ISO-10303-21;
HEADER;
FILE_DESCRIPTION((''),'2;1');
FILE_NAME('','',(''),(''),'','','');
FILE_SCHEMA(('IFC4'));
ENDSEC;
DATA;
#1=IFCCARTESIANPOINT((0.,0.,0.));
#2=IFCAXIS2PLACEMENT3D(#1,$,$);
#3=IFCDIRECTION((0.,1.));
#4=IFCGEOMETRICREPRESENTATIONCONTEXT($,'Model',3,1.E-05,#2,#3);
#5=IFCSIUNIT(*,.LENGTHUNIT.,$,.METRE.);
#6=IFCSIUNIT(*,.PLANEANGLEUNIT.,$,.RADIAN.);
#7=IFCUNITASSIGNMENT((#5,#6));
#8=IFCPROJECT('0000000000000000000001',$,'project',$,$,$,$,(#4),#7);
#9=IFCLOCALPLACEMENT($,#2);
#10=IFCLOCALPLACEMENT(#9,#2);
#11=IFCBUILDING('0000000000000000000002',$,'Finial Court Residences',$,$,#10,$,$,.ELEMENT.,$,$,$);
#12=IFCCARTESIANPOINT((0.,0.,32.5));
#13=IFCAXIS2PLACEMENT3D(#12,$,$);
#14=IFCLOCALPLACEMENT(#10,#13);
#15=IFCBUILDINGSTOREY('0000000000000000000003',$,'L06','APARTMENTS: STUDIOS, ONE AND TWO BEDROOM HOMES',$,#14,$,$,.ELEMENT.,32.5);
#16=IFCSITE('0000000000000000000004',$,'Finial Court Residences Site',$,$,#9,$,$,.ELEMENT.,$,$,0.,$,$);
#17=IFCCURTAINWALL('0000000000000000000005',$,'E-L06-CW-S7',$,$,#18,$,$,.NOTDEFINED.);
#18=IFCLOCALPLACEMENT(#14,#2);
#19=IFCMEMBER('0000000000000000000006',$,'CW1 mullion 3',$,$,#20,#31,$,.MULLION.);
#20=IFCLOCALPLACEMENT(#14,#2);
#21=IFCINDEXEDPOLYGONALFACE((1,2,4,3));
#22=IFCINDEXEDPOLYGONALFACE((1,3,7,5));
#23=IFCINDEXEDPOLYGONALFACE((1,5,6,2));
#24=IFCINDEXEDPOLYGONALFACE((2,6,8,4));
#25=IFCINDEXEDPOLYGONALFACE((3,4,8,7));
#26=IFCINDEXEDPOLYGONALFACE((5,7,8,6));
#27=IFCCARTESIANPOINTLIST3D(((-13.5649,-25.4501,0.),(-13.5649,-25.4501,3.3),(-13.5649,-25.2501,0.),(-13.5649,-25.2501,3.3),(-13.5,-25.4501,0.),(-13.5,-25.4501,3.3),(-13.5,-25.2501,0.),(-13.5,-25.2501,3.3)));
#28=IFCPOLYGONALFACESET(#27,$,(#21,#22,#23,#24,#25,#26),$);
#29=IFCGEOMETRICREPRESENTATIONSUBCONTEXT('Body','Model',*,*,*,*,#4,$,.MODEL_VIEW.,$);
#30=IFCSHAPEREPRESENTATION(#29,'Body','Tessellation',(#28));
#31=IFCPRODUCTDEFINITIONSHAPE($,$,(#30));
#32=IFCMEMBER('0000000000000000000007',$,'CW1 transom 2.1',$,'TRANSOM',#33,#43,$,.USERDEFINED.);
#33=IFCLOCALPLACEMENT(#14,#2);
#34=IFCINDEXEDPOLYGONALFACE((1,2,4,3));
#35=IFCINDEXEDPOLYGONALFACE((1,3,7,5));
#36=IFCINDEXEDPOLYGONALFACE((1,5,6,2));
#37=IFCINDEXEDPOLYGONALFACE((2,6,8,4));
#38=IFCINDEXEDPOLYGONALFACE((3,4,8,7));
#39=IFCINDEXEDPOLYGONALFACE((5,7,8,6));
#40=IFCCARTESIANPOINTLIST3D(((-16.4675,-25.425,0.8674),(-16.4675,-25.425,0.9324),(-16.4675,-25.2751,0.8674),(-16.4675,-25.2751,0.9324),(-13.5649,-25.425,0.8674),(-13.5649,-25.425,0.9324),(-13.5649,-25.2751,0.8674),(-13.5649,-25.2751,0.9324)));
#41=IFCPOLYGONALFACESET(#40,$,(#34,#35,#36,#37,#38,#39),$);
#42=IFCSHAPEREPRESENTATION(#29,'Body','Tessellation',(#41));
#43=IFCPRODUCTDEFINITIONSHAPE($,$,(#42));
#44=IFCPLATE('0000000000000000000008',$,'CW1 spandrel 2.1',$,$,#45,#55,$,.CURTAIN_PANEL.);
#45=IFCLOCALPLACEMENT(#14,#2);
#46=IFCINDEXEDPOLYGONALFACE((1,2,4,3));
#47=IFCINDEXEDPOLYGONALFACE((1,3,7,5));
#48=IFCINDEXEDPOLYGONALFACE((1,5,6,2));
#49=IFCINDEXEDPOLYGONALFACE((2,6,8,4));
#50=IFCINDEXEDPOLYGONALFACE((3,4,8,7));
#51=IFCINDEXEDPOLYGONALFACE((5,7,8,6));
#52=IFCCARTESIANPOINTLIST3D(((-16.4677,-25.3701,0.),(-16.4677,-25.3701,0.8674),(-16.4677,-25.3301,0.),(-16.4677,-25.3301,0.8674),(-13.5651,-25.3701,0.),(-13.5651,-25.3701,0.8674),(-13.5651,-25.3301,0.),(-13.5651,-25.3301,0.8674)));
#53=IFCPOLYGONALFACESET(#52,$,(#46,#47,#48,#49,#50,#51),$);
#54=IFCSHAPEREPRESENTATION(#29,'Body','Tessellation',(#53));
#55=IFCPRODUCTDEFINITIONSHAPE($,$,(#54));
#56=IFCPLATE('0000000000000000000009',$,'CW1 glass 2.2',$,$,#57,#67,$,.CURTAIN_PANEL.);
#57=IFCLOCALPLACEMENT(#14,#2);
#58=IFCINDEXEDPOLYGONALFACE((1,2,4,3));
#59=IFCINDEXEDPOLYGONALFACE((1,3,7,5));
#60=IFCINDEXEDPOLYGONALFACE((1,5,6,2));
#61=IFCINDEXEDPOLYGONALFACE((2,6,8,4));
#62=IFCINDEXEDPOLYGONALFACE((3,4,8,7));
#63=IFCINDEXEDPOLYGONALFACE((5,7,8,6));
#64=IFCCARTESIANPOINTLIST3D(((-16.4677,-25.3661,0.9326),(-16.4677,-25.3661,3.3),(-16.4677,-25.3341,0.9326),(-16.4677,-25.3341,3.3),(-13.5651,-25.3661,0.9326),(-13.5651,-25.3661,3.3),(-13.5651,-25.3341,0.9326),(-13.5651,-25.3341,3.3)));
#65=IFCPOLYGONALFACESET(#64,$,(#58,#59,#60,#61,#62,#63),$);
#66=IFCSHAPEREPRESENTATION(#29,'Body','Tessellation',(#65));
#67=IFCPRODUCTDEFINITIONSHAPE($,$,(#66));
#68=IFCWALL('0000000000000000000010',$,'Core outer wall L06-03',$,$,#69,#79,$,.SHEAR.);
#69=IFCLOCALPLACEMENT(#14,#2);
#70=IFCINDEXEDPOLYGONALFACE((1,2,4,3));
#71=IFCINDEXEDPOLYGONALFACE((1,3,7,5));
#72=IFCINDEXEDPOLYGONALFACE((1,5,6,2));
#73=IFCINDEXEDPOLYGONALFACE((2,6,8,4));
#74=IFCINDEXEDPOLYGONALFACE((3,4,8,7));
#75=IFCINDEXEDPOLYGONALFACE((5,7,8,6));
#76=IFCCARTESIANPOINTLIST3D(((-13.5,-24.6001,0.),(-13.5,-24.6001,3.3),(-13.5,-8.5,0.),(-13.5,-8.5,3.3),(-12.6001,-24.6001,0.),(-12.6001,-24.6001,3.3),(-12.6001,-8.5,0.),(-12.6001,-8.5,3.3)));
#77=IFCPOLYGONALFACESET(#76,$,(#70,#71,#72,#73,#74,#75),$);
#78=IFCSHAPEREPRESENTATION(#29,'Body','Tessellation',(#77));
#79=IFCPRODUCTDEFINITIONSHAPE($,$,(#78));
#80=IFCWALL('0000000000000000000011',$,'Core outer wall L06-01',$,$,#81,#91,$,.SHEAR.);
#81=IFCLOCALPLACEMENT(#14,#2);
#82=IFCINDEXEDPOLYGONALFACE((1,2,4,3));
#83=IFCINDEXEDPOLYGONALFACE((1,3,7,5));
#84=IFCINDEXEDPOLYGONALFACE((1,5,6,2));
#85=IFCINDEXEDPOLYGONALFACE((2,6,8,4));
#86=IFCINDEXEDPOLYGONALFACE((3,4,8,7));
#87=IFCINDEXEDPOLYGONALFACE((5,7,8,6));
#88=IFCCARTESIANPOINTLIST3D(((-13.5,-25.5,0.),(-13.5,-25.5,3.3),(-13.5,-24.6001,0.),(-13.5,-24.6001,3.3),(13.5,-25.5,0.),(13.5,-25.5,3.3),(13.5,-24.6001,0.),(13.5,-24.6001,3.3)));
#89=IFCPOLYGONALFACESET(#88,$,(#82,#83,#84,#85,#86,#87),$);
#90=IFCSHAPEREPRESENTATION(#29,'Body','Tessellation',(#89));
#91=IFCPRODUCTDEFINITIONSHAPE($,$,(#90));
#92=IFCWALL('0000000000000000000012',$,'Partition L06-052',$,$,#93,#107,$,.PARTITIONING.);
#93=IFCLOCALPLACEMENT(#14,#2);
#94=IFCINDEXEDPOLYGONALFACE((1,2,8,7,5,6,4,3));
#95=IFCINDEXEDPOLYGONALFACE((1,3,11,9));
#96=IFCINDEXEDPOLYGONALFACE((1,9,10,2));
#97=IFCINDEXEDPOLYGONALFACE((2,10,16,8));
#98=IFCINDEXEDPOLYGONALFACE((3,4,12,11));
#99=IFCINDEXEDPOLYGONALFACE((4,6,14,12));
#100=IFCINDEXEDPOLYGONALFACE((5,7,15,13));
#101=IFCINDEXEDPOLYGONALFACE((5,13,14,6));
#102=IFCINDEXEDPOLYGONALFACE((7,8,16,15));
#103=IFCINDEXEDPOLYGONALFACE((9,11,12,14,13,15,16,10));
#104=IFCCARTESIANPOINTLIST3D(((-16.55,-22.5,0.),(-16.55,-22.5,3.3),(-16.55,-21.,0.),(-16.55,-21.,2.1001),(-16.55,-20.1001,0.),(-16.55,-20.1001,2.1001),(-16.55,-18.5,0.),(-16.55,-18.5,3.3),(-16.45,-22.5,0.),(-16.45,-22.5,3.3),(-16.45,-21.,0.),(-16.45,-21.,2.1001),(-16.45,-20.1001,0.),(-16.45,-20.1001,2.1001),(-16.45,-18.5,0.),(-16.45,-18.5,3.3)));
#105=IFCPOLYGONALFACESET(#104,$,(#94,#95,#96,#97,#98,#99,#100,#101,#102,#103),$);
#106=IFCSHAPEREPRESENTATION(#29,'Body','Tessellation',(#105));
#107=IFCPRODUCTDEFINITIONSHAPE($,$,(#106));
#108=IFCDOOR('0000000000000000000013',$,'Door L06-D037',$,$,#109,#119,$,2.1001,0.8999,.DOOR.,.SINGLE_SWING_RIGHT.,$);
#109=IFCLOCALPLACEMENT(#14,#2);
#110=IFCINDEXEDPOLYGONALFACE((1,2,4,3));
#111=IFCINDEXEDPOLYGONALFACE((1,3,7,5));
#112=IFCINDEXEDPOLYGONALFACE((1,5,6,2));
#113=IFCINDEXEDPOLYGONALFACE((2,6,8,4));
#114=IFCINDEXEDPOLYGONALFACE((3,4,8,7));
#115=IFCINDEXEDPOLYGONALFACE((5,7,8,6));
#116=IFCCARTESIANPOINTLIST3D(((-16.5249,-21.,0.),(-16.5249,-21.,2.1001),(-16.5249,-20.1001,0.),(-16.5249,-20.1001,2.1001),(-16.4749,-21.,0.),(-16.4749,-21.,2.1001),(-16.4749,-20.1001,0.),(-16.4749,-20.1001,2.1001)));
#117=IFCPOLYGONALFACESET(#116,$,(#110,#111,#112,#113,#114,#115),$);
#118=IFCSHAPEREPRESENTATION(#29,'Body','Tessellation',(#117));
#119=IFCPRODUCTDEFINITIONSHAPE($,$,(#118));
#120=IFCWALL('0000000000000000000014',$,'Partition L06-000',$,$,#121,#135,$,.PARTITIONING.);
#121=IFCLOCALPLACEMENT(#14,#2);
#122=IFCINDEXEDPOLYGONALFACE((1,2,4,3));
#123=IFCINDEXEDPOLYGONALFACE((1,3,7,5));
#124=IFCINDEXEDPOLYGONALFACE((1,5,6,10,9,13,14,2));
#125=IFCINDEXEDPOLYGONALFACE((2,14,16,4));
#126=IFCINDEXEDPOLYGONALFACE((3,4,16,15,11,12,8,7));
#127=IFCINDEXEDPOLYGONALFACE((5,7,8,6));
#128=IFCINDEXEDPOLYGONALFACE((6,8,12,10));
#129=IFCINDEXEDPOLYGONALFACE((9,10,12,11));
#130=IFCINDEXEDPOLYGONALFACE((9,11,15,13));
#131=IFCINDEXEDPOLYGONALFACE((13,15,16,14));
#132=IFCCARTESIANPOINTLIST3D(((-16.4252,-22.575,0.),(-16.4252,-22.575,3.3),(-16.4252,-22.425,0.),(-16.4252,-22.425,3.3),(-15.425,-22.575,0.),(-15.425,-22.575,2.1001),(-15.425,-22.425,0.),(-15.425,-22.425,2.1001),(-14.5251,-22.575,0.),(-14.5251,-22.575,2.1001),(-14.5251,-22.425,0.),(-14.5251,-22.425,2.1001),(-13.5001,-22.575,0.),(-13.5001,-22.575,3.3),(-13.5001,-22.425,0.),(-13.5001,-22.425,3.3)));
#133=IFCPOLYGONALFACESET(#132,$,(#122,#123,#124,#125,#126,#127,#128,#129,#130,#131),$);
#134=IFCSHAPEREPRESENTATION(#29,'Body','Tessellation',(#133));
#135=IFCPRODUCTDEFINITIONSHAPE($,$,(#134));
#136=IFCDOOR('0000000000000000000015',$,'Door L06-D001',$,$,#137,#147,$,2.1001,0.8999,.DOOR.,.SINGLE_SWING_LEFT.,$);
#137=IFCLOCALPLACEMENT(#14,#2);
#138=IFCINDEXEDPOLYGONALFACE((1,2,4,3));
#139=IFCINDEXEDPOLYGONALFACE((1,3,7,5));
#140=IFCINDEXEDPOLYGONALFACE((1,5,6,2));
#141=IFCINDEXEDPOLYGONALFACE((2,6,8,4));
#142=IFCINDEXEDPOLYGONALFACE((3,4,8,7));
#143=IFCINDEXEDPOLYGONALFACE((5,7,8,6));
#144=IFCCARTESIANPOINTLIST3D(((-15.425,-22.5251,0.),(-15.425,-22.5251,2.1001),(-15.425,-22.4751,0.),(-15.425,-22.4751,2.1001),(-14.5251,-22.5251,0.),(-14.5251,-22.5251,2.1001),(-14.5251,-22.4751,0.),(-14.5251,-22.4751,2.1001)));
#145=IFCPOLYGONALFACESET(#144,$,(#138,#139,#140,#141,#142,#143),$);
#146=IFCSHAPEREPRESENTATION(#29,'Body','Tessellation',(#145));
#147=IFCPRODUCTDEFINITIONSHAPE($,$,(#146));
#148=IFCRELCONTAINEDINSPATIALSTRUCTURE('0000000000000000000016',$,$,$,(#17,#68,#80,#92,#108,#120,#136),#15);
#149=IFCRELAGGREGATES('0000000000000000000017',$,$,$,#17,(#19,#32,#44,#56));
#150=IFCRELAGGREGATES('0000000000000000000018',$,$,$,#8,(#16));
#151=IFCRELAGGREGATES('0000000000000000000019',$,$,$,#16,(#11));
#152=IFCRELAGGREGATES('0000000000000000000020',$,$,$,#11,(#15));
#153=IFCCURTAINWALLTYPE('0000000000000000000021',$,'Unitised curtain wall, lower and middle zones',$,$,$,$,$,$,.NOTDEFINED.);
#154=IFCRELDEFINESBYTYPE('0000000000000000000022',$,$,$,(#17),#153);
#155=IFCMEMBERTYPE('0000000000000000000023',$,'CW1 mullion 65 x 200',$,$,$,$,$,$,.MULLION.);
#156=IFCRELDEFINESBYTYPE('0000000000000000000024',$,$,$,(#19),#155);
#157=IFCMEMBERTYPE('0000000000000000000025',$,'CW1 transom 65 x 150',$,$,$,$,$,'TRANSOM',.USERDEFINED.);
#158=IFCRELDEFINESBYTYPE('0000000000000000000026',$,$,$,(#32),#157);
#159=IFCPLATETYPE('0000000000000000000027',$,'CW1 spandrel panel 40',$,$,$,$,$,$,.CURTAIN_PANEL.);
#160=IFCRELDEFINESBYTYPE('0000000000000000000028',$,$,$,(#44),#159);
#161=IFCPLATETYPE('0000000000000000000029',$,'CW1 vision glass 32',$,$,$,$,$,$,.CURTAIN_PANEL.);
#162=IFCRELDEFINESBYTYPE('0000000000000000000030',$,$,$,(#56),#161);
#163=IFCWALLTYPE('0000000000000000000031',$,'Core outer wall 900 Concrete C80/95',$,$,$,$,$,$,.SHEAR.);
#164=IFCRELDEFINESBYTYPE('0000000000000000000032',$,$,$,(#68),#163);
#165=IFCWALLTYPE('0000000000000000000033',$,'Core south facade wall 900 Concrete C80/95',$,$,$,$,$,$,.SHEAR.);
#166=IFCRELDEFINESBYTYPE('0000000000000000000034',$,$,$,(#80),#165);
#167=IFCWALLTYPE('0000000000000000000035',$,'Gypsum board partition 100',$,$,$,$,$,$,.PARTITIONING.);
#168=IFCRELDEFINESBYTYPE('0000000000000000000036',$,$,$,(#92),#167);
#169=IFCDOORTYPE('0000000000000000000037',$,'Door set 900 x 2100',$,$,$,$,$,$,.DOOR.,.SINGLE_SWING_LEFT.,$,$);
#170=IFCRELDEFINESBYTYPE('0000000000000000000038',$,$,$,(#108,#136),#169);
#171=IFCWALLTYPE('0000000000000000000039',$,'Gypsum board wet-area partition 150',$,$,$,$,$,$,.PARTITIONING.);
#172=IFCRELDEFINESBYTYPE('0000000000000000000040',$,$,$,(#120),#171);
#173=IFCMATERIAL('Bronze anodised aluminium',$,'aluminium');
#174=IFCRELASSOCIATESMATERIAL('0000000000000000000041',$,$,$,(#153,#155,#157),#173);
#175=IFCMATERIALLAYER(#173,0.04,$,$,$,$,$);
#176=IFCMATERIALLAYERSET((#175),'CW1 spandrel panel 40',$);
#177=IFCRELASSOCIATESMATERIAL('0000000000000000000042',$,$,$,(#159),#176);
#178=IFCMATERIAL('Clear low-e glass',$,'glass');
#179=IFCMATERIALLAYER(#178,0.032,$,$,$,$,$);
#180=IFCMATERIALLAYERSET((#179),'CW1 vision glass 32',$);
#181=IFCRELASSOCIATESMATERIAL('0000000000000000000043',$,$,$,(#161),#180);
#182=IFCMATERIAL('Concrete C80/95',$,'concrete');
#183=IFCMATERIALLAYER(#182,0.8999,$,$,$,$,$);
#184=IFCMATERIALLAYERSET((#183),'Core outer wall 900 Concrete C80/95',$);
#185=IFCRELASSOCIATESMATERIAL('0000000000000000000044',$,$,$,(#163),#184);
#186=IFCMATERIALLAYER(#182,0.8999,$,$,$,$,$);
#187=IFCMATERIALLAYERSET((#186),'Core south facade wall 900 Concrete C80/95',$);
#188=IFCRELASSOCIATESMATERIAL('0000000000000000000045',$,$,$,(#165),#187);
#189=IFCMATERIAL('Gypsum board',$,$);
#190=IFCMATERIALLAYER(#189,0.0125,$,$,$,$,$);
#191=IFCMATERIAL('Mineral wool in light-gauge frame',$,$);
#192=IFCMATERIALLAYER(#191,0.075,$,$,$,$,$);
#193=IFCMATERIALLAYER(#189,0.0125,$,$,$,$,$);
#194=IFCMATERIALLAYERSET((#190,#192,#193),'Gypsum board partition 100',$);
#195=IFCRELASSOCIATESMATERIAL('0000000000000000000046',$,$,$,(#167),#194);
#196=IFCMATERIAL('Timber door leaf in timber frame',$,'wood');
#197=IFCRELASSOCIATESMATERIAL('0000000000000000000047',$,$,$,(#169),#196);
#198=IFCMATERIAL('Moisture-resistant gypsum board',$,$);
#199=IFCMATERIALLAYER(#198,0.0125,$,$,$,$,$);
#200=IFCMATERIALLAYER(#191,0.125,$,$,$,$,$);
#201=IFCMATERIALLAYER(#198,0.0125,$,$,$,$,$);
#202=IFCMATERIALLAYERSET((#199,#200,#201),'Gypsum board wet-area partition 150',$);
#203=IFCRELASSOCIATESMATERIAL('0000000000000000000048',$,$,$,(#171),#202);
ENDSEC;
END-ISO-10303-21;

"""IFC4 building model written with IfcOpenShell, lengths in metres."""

from ifc_helpers import new_model, si_unit, direction, frame, frame_2d, origin, origin_2d, place, context, subcontext, project, spatial, rectangle, extrude, material, layer, layer_set, material_profile, profile_set, type_object, element, fill, aggregate, save


model = new_model("IFC4")

# Units and contexts
model_context = context("Model", 3, precision=1e-05, world=origin(), true_north=direction((0.0, 1.0)))
body_context = subcontext(model_context, "Body", "Model", "MODEL_VIEW")
ifc_project = project(units=[si_unit("LENGTHUNIT", "METRE"), si_unit("PLANEANGLEUNIT", "RADIAN")], contexts=[model_context])

# Site, building, storey
site_placement = place(None, origin())
site = spatial("IfcSite", under=ifc_project, at=site_placement, Name="Finial Court Residences Site", CompositionType="ELEMENT", RefElevation=0.0)
building_placement = place(site_placement, origin())
building = spatial("IfcBuilding", under=site, at=building_placement, Name="Finial Court Residences", CompositionType="ELEMENT")
storey_placement = place(building_placement, frame((0.0, 0.0, 32.5)))
storey = spatial("IfcBuildingStorey", under=building, at=storey_placement, Name="L06", Description="APARTMENTS: STUDIOS, ONE AND TWO BEDROOM HOMES", CompositionType="ELEMENT", Elevation=32.5)

# Curtain wall, members, plates
ifc_material_1 = material(Name="Bronze anodised aluminium", Category="aluminium")
curtain_wall_type = type_object("IfcCurtainWallType", Name="Unitised curtain wall, lower and middle zones", PredefinedType="NOTDEFINED", material=ifc_material_1)
curtain_wall_placement = place(storey_placement, origin())
curtain_wall = element("IfcCurtainWall", 1, at=curtain_wall_placement, inside=storey, type_object=curtain_wall_type, Name="E-L06-CW-S7", PredefinedType="NOTDEFINED")
ifc_material_profile_1 = material_profile(ifc_material_1, rectangle(XDim=0.2, YDim=0.0649, at=origin_2d()), Name="CW1 mullion 65 x 200")
ifc_profile_set_1 = profile_set([ifc_material_profile_1], Name="Bronze anodised aluminium")
member_type_1 = type_object("IfcMemberType", Name="CW1 mullion 65 x 200", PredefinedType="MULLION", material=ifc_profile_set_1)
member_1_placement = place(storey_placement, frame((-13.5325, -25.3501, 0.0), z_axis=(0.0, 0.0, 1.0), x_axis=(0.0, 1.0, 0.0)))
member_1 = element("IfcMember", 2, at=member_1_placement, type_object=member_type_1, Name="CW1 mullion 3", PredefinedType="MULLION", context=body_context, shape_type="SweptSolid", body=[
    extrude(rectangle(XDim=0.2, YDim=0.0649, at=origin_2d()), origin(), (0.0, 0.0, 1.0), 3.3),
])
ifc_material_profile_2 = material_profile(ifc_material_1, rectangle(XDim=0.1499, YDim=0.0649, at=origin_2d()), Name="CW1 transom 65 x 150")
ifc_profile_set_2 = profile_set([ifc_material_profile_2], Name="Bronze anodised aluminium")
member_type_2 = type_object("IfcMemberType", Name="CW1 transom 65 x 150", ElementType="TRANSOM", PredefinedType="USERDEFINED", material=ifc_profile_set_2)
member_2_placement = place(storey_placement, frame((-16.4675, -25.3501, 0.8999), z_axis=(1.0, 0.0, 0.0), x_axis=(0.0, 1.0, 0.0)))
member_2 = element("IfcMember", 3, at=member_2_placement, type_object=member_type_2, Name="CW1 transom 2.1", ObjectType="TRANSOM", PredefinedType="USERDEFINED", context=body_context, shape_type="SweptSolid", body=[
    extrude(rectangle(XDim=0.1499, YDim=0.0649, at=origin_2d()), origin(), (0.0, 0.0, 1.0), 2.9026),
])
ifc_layer_1 = layer(ifc_material_1, 0.04)
ifc_layer_set_1 = layer_set([ifc_layer_1], Name="CW1 spandrel panel 40")
plate_type_1 = type_object("IfcPlateType", Name="CW1 spandrel panel 40", PredefinedType="CURTAIN_PANEL", material=ifc_layer_set_1)
plate_1_placement = place(storey_placement, frame((-15.0164, -25.3501, 0.0), z_axis=(0.0, 0.0, 1.0), x_axis=(1.0, 0.0, 0.0)))
plate_1 = element("IfcPlate", 4, at=plate_1_placement, type_object=plate_type_1, Name="CW1 spandrel 2.1", PredefinedType="CURTAIN_PANEL", context=body_context, shape_type="SweptSolid", body=[
    extrude(rectangle(XDim=2.9026, YDim=0.04, at=origin_2d()), origin(), (0.0, 0.0, 1.0), 0.8674),
])
ifc_material_2 = material(Name="Clear low-e glass", Category="glass")
ifc_layer_2 = layer(ifc_material_2, 0.032)
ifc_layer_set_2 = layer_set([ifc_layer_2], Name="CW1 vision glass 32")
plate_type_2 = type_object("IfcPlateType", Name="CW1 vision glass 32", PredefinedType="CURTAIN_PANEL", material=ifc_layer_set_2)
plate_2_placement = place(storey_placement, frame((-15.0164, -25.3501, 0.9326), z_axis=(0.0, 0.0, 1.0), x_axis=(1.0, 0.0, 0.0)))
plate_2 = element("IfcPlate", 5, at=plate_2_placement, type_object=plate_type_2, Name="CW1 glass 2.2", PredefinedType="CURTAIN_PANEL", context=body_context, shape_type="SweptSolid", body=[
    extrude(rectangle(XDim=2.9026, YDim=0.032, at=origin_2d()), origin(), (0.0, 0.0, 1.0), 2.3674),
])
aggregate(curtain_wall, [member_1, member_2, plate_1, plate_2])

# Walls
ifc_material_3 = material(Name="Concrete C80/95", Category="concrete")
ifc_layer_3 = layer(ifc_material_3, 0.8999)
ifc_layer_set_3 = layer_set([ifc_layer_3], Name="Core outer wall 900 Concrete C80/95")
wall_type_1 = type_object("IfcWallType", Name="Core outer wall 900 Concrete C80/95", PredefinedType="SHEAR", material=ifc_layer_set_3)
wall_1_placement = place(storey_placement, frame((-13.05, -24.6001, 0.0), z_axis=(0.0, 0.0, 1.0), x_axis=(0.0, 1.0, 0.0)))
element("IfcWall", 6, at=wall_1_placement, inside=storey, type_object=wall_type_1, Name="Core outer wall L06-03", PredefinedType="SHEAR", context=body_context, shape_type="SweptSolid", body=[
    extrude(rectangle(XDim=16.1001, YDim=0.8999, at=frame_2d((8.05, 0.0))), origin(), (0.0, 0.0, 1.0), 3.3),
])
ifc_layer_4 = layer(ifc_material_3, 0.8999)
ifc_layer_set_4 = layer_set([ifc_layer_4], Name="Core south facade wall 900 Concrete C80/95")
wall_type_2 = type_object("IfcWallType", Name="Core south facade wall 900 Concrete C80/95", PredefinedType="SHEAR", material=ifc_layer_set_4)
wall_2_placement = place(storey_placement, frame((-13.5, -25.05, 0.0), z_axis=(0.0, 0.0, 1.0), x_axis=(1.0, 0.0, 0.0)))
element("IfcWall", 7, at=wall_2_placement, inside=storey, type_object=wall_type_2, Name="Core outer wall L06-01", PredefinedType="SHEAR", context=body_context, shape_type="SweptSolid", body=[
    extrude(rectangle(XDim=27.0, YDim=0.8999, at=frame_2d((13.5, 0.0))), origin(), (0.0, 0.0, 1.0), 3.3),
])

# Walls, openings, doors
ifc_material_4 = material(Name="Gypsum board")
ifc_layer_5 = layer(ifc_material_4, 0.0125)
ifc_material_5 = material(Name="Mineral wool in light-gauge frame")
ifc_layer_6 = layer(ifc_material_5, 0.075)
ifc_layer_7 = layer(ifc_material_4, 0.0125)
ifc_layer_set_5 = layer_set([ifc_layer_5, ifc_layer_6, ifc_layer_7], Name="Gypsum board partition 100")
wall_type_3 = type_object("IfcWallType", Name="Gypsum board partition 100", PredefinedType="PARTITIONING", material=ifc_layer_set_5)
wall_3_placement = place(storey_placement, frame((-16.5, -22.5, 0.0), z_axis=(0.0, 0.0, 1.0), x_axis=(0.0, 1.0, 0.0)))
wall_3 = element("IfcWall", 8, at=wall_3_placement, inside=storey, type_object=wall_type_3, Name="Partition L06-052", PredefinedType="PARTITIONING", context=body_context, shape_type="SweptSolid", body=[
    extrude(rectangle(XDim=4.0, YDim=0.1001, at=frame_2d((2.0, 0.0))), origin(), (0.0, 0.0, 1.0), 3.3),
])
opening_1_placement = place(wall_3_placement, frame((1.5, 0.0, 0.0)))
opening_1 = element("IfcOpeningElement", 9, at=opening_1_placement, cuts=wall_3, PredefinedType="OPENING", context=body_context, shape_type="SweptSolid", body=[
    extrude(rectangle(XDim=0.8999, YDim=2.1001, at=frame_2d((0.45, 1.05))), frame((0.0, 0.0601, 0.0), z_axis=(0.0, -1.0, 0.0), x_axis=(1.0, 0.0, 0.0)), (0.0, 0.0, 1.0), 0.1201),
])
ifc_material_6 = material(Name="Timber door leaf in timber frame", Category="wood")
door_type = type_object("IfcDoorType", Name="Door set 900 x 2100", OperationType="SINGLE_SWING_LEFT", PredefinedType="DOOR", material=ifc_material_6)
door_1_placement = place(opening_1_placement, origin())
door_1 = element("IfcDoor", 10, at=door_1_placement, inside=storey, type_object=door_type, Name="Door L06-D037", OperationType="SINGLE_SWING_RIGHT", OverallHeight=2.1001, OverallWidth=0.8999, PredefinedType="DOOR", context=body_context, shape_type="SweptSolid", body=[
    extrude(rectangle(XDim=0.8999, YDim=2.1001, at=frame_2d((0.45, 1.05))), frame((0.0, 0.0249, 0.0), z_axis=(0.0, -1.0, 0.0), x_axis=(1.0, 0.0, 0.0)), (0.0, 0.0, 1.0), 0.05),
])
fill(opening_1, door_1)
ifc_material_7 = material(Name="Moisture-resistant gypsum board")
ifc_layer_8 = layer(ifc_material_7, 0.0125)
ifc_layer_9 = layer(ifc_material_5, 0.125)
ifc_layer_10 = layer(ifc_material_7, 0.0125)
ifc_layer_set_6 = layer_set([ifc_layer_8, ifc_layer_9, ifc_layer_10], Name="Gypsum board wet-area partition 150")
wall_type_4 = type_object("IfcWallType", Name="Gypsum board wet-area partition 150", PredefinedType="PARTITIONING", material=ifc_layer_set_6)
wall_4_placement = place(storey_placement, frame((-16.425, -22.5, 0.0), z_axis=(0.0, 0.0, 1.0), x_axis=(1.0, 0.0, 0.0)))
wall_4 = element("IfcWall", 11, at=wall_4_placement, inside=storey, type_object=wall_type_4, Name="Partition L06-000", PredefinedType="PARTITIONING", context=body_context, shape_type="SweptSolid", body=[
    extrude(rectangle(XDim=2.925, YDim=0.1499, at=frame_2d((1.4624, 0.0))), origin(), (0.0, 0.0, 1.0), 3.3),
])
opening_2_placement = place(wall_4_placement, frame((1.0, 0.0, 0.0)))
opening_2 = element("IfcOpeningElement", 12, at=opening_2_placement, cuts=wall_4, PredefinedType="OPENING", context=body_context, shape_type="SweptSolid", body=[
    extrude(rectangle(XDim=0.8999, YDim=2.1001, at=frame_2d((0.45, 1.05))), frame((0.0, 0.085, 0.0), z_axis=(0.0, -1.0, 0.0), x_axis=(1.0, 0.0, 0.0)), (0.0, 0.0, 1.0), 0.1699),
])
door_2_placement = place(opening_2_placement, origin())
door_2 = element("IfcDoor", 13, at=door_2_placement, inside=storey, type_object=door_type, Name="Door L06-D001", OperationType="SINGLE_SWING_LEFT", OverallHeight=2.1001, OverallWidth=0.8999, PredefinedType="DOOR", context=body_context, shape_type="SweptSolid", body=[
    extrude(rectangle(XDim=0.8999, YDim=2.1001, at=frame_2d((0.45, 1.05))), frame((0.0, 0.0249, 0.0), z_axis=(0.0, -1.0, 0.0), x_axis=(1.0, 0.0, 0.0)), (0.0, 0.0, 1.0), 0.05),
])
fill(opening_2, door_2)

save(model, "model.ifc")
